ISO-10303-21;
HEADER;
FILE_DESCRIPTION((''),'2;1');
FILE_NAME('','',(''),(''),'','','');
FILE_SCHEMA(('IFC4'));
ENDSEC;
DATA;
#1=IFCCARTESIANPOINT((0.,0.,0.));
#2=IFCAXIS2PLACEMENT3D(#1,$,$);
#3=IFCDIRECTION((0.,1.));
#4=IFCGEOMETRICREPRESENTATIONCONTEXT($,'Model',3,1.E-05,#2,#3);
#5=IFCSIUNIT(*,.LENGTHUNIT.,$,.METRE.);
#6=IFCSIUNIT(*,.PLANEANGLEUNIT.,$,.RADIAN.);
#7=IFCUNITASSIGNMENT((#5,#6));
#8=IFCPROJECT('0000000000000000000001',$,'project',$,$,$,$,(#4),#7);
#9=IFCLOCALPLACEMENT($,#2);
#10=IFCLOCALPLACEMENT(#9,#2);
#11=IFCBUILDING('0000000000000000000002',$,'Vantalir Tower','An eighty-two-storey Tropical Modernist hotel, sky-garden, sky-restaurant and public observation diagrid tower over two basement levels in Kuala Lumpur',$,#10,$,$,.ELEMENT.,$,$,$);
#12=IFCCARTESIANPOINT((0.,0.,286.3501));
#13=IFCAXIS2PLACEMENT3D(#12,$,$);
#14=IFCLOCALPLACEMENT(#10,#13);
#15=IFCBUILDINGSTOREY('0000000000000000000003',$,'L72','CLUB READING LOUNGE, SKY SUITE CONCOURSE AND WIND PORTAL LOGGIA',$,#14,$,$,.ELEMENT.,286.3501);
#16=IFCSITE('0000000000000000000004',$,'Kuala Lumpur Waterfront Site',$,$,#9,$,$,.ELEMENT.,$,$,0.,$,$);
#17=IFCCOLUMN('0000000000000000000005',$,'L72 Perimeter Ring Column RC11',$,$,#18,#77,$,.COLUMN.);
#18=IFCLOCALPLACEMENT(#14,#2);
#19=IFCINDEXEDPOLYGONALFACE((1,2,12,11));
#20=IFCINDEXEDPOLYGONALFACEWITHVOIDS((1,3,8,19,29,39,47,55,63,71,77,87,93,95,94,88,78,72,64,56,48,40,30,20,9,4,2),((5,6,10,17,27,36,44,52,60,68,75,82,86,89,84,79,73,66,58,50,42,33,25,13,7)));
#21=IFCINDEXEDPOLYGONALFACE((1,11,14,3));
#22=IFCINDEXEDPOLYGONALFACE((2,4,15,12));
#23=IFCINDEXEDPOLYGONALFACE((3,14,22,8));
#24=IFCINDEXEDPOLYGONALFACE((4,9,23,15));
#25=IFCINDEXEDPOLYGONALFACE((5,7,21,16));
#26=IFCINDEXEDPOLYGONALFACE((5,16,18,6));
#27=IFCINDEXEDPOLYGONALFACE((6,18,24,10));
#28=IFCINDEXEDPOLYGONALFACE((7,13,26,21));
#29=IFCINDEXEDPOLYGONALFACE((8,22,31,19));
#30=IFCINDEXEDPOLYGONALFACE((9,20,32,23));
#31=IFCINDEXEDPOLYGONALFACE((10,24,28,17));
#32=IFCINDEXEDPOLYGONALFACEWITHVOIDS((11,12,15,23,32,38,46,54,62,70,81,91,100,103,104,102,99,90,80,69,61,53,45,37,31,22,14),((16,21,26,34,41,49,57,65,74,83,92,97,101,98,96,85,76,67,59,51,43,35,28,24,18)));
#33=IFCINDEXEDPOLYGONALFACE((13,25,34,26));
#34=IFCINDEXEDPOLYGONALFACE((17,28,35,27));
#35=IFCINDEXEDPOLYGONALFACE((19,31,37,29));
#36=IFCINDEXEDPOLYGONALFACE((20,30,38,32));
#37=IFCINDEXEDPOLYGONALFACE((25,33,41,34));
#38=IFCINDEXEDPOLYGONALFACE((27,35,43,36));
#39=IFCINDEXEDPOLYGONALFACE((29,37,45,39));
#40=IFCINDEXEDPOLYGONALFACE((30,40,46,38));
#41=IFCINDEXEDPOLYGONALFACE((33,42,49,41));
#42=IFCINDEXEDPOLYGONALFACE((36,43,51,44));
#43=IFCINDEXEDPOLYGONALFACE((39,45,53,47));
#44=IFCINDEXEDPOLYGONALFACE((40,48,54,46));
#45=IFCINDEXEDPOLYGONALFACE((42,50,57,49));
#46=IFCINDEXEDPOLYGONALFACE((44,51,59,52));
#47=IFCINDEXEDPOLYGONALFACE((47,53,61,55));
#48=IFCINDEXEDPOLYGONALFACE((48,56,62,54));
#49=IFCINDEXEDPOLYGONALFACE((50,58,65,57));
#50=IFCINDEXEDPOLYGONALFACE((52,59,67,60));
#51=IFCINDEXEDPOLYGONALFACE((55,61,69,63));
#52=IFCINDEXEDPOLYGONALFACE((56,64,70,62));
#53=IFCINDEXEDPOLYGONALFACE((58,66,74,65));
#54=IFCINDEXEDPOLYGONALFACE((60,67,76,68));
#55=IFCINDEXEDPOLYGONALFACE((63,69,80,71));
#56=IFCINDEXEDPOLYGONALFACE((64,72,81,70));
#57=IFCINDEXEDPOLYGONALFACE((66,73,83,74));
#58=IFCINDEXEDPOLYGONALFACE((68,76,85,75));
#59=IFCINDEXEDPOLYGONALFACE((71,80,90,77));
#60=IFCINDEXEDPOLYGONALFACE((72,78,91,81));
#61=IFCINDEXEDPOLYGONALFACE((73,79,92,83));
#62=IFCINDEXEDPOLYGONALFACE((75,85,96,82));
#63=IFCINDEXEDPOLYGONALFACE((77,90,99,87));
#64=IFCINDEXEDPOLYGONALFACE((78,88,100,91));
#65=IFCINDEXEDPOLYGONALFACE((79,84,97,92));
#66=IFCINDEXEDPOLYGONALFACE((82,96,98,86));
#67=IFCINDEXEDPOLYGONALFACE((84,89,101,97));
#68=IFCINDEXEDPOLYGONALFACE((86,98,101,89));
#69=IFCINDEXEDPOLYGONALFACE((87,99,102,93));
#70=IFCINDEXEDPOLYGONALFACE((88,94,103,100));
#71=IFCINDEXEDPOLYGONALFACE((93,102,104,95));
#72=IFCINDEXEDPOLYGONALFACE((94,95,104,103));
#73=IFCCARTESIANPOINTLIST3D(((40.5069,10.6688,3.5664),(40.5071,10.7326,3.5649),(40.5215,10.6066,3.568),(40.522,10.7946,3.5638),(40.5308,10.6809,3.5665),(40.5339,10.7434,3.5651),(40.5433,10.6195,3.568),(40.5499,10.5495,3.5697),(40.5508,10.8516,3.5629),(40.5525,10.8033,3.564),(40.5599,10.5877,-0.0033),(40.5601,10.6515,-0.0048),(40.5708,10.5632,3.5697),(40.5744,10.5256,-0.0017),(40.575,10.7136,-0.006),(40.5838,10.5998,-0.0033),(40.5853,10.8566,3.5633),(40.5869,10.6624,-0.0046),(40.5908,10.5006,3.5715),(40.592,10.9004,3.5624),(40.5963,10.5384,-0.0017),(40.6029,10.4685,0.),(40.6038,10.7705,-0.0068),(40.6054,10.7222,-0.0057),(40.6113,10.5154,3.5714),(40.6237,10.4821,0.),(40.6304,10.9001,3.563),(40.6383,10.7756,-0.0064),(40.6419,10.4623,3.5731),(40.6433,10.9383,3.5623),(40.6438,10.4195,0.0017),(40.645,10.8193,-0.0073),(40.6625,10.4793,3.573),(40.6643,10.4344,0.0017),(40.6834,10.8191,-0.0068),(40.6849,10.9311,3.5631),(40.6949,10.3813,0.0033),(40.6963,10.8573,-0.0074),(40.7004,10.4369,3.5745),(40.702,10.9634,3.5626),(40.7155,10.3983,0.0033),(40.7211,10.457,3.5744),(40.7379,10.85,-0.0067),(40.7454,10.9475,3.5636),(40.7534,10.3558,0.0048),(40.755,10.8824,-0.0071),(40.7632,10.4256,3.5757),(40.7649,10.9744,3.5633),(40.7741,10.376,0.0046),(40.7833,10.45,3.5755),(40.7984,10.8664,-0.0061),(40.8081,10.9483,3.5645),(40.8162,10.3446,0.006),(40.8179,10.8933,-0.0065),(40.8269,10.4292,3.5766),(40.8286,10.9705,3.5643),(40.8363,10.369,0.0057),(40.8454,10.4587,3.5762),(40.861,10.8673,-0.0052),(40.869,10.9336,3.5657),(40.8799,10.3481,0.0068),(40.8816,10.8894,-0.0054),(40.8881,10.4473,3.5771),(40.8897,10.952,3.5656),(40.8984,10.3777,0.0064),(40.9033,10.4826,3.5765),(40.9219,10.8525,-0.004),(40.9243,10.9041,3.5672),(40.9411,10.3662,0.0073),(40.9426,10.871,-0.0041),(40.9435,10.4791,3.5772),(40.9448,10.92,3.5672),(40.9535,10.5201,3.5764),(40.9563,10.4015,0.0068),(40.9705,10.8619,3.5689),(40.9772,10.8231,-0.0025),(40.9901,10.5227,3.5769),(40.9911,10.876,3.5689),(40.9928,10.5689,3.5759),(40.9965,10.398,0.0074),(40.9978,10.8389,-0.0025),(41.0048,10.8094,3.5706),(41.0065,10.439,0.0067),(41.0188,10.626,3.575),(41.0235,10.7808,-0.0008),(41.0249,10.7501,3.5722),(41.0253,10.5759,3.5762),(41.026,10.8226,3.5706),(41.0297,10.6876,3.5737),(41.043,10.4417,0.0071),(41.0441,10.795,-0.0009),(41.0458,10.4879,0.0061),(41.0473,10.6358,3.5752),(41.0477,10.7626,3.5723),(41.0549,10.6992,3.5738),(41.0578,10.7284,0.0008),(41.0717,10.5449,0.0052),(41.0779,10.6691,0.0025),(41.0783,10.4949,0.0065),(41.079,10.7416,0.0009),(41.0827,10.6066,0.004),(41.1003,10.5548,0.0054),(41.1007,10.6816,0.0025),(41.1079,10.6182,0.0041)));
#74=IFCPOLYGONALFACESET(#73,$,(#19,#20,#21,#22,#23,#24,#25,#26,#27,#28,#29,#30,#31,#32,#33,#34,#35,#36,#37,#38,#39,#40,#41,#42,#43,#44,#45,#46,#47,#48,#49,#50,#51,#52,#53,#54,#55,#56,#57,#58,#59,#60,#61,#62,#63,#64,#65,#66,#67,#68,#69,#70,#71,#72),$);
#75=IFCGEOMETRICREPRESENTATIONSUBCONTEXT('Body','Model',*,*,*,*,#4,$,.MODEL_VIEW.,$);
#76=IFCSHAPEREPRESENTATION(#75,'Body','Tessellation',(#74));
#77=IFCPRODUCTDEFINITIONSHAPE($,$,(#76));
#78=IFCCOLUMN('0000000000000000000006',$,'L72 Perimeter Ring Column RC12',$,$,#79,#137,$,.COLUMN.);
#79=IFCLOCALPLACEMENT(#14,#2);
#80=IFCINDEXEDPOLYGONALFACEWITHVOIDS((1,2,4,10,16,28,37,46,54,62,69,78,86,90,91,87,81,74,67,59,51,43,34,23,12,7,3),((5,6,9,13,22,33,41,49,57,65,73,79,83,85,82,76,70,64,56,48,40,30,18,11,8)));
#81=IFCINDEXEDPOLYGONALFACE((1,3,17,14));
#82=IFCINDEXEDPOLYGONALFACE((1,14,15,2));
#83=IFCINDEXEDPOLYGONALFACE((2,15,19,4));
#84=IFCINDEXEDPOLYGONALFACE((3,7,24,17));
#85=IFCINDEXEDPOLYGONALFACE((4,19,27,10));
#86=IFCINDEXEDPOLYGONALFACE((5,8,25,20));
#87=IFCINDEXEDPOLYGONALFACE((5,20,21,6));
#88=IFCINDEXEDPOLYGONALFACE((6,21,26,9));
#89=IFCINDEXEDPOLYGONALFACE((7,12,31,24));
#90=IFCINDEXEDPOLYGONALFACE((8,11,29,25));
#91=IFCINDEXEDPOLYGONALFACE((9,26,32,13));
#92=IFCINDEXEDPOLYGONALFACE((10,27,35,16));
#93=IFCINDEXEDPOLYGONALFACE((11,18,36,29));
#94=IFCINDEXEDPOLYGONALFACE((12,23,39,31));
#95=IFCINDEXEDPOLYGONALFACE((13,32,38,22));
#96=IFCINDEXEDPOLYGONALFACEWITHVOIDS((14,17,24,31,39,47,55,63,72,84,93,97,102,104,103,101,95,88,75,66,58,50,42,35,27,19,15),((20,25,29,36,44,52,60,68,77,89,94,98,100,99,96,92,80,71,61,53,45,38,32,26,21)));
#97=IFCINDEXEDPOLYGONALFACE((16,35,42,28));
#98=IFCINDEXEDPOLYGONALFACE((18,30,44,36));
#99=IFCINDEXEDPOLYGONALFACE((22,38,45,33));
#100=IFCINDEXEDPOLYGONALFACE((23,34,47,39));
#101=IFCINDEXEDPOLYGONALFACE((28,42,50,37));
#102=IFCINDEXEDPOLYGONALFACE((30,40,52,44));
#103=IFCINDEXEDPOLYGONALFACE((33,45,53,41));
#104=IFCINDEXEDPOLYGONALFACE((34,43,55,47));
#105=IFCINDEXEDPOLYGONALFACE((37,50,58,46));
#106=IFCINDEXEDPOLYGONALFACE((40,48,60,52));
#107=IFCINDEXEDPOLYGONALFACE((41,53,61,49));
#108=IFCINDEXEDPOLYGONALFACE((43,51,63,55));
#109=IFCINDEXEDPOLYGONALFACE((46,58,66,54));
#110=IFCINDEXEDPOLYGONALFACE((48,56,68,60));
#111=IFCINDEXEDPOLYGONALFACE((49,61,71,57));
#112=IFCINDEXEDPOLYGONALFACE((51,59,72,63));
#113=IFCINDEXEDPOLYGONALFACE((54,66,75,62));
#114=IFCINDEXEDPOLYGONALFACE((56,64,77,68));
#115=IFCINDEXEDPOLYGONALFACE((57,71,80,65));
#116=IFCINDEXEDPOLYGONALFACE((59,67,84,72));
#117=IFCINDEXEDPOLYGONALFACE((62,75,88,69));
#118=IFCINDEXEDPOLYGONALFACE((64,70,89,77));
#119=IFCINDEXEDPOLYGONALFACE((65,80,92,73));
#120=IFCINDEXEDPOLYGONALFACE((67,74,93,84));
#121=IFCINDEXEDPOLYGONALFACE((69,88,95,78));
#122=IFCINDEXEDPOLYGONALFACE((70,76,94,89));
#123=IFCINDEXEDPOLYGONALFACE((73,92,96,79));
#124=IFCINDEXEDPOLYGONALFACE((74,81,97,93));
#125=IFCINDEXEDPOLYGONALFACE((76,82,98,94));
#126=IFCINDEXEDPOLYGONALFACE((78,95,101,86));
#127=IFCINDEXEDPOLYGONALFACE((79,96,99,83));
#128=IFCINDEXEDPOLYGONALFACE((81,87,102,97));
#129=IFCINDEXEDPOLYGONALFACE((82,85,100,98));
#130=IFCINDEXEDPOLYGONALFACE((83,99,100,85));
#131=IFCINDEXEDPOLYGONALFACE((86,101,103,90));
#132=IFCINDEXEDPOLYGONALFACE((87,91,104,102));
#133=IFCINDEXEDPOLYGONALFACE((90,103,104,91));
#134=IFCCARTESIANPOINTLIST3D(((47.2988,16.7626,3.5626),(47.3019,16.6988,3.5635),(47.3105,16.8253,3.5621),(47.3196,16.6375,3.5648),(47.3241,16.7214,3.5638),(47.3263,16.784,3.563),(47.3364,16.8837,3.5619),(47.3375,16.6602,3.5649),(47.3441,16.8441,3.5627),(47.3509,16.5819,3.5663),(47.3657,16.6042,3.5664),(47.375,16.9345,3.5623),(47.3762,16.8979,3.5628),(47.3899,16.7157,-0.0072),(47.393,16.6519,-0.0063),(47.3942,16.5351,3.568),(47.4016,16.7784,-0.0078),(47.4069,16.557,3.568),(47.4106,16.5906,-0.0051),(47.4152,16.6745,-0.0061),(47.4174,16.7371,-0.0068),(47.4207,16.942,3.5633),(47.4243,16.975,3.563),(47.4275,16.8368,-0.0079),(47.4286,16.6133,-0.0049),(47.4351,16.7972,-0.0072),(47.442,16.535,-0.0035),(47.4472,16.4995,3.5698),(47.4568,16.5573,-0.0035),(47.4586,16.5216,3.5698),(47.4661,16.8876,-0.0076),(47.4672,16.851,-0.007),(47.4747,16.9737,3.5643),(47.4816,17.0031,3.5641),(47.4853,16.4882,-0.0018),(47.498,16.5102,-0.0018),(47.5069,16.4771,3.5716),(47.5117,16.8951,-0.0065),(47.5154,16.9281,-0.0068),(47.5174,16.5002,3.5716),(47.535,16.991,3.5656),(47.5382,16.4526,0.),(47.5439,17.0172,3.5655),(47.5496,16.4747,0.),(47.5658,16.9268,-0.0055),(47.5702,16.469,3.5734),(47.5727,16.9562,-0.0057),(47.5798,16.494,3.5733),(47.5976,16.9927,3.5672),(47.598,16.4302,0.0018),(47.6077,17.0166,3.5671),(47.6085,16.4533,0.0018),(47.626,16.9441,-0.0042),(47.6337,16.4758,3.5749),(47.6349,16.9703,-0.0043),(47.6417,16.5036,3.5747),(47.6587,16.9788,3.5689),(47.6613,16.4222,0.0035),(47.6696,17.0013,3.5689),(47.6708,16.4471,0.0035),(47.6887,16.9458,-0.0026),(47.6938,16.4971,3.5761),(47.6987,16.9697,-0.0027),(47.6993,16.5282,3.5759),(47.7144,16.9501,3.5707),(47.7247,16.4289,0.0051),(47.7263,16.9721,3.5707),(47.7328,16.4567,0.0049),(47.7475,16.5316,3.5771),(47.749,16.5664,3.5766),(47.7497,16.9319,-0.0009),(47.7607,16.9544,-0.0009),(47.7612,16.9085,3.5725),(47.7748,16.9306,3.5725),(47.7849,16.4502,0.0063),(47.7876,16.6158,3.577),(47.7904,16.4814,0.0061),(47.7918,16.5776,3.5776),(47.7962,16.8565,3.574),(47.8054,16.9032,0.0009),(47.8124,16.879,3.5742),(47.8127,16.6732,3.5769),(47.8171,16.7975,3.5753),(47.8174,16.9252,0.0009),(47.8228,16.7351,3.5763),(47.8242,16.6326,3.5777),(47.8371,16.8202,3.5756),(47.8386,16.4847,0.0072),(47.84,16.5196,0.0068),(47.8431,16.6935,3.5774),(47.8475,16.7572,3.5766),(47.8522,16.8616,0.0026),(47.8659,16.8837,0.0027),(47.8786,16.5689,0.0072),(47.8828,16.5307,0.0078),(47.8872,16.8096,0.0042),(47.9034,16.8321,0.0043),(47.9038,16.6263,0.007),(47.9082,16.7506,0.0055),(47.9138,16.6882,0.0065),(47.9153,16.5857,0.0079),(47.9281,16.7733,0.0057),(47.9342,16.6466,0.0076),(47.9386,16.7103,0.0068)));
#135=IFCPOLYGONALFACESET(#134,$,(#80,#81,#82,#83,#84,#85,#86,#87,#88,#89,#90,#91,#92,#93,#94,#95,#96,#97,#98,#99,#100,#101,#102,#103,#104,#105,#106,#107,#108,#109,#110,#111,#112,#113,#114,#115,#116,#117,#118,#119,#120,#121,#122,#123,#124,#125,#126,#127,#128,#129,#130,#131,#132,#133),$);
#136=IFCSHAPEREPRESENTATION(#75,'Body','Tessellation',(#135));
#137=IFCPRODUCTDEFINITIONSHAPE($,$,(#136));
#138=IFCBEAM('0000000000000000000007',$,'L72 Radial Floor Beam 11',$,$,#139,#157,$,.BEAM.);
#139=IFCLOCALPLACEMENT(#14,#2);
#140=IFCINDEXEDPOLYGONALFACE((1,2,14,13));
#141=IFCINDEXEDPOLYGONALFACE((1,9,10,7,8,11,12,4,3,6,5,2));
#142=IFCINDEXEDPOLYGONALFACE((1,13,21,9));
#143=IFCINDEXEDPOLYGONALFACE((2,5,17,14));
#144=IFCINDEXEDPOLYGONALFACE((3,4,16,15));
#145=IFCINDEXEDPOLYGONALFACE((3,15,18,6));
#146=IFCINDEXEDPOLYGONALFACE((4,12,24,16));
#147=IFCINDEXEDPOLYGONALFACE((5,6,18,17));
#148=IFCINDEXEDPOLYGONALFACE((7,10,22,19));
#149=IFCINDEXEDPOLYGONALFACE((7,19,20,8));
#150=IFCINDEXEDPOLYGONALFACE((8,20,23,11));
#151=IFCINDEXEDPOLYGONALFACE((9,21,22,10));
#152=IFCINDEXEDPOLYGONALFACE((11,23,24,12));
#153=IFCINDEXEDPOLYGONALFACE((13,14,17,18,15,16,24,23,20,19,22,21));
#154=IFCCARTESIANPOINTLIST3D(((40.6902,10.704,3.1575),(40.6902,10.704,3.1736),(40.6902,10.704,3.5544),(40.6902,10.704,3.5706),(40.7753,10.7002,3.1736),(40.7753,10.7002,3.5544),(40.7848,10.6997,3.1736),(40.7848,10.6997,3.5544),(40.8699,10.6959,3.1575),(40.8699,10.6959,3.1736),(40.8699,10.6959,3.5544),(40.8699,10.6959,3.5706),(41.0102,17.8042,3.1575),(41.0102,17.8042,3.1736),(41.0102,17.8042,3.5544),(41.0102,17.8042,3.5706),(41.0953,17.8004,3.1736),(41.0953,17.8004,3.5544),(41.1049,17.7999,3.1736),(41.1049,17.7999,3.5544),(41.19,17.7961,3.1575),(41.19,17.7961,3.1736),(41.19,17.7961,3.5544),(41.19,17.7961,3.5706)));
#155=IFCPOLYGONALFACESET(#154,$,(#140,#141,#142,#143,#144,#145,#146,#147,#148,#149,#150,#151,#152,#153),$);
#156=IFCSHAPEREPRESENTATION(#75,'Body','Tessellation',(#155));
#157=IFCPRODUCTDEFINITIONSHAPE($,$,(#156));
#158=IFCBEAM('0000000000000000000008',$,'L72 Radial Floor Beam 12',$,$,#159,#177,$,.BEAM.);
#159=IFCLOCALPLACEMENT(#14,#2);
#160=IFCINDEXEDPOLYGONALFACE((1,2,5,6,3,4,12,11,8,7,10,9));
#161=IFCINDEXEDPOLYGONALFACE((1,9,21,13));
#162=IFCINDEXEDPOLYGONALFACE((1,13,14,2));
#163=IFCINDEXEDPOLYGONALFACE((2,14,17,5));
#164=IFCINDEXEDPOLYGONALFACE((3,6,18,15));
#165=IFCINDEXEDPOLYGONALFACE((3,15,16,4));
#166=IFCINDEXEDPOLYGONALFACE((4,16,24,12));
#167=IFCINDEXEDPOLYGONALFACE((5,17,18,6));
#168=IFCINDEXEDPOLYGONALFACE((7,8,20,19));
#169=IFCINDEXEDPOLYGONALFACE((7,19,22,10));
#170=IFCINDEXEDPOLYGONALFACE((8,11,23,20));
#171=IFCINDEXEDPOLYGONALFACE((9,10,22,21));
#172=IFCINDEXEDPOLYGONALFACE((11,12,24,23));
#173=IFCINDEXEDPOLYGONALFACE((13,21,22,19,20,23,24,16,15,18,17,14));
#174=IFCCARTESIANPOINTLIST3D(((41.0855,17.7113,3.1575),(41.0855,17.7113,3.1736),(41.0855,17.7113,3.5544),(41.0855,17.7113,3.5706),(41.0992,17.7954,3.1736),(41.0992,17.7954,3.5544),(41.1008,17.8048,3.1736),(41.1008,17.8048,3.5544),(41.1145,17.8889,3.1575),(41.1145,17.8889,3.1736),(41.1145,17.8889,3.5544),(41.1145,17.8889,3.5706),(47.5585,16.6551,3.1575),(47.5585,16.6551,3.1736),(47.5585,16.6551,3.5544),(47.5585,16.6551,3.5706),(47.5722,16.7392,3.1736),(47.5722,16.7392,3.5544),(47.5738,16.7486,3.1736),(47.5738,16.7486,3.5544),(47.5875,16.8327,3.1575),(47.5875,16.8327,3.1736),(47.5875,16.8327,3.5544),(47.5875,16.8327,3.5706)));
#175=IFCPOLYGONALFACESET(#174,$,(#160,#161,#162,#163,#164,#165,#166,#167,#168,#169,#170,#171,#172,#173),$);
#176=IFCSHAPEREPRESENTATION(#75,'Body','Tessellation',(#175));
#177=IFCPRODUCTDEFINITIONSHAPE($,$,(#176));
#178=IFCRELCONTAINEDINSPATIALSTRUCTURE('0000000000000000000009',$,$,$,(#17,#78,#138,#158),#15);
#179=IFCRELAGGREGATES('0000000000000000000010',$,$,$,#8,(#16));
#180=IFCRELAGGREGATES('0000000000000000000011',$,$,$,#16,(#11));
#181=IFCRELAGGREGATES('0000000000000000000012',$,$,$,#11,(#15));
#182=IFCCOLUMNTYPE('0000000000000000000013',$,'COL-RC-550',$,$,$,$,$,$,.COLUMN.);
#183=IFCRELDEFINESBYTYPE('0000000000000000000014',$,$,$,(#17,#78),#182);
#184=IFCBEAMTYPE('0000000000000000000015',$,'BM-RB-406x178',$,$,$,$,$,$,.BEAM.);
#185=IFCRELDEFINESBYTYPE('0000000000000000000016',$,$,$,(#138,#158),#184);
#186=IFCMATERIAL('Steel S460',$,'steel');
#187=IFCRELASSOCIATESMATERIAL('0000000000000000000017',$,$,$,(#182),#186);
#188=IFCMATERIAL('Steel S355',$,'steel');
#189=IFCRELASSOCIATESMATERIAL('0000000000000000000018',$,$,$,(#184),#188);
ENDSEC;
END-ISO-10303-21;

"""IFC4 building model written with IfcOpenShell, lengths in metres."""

from ifc_helpers import new_model, si_unit, direction, frame, origin, origin_2d, place, context, subcontext, project, spatial, hollow_circle, i_section, extrude, material, material_profile, profile_set, type_object, element, save


model = new_model("IFC4")

# Units and contexts
model_context = context("Model", 3, precision=1e-05, world=origin(), true_north=direction((0.0, 1.0)))
body_context = subcontext(model_context, "Body", "Model", "MODEL_VIEW")
ifc_project = project(units=[si_unit("LENGTHUNIT", "METRE"), si_unit("PLANEANGLEUNIT", "RADIAN")], contexts=[model_context])

# Site, building, storey
site_placement = place(None, origin())
site = spatial("IfcSite", under=ifc_project, at=site_placement, Name="Kuala Lumpur Waterfront Site", CompositionType="ELEMENT", RefElevation=0.0)
building_placement = place(site_placement, origin())
building = spatial("IfcBuilding", under=site, at=building_placement, Name="Vantalir Tower", Description="An eighty-two-storey Tropical Modernist hotel, sky-garden, sky-restaurant and public observation diagrid tower over two basement levels in Kuala Lumpur", CompositionType="ELEMENT")
storey_placement = place(building_placement, frame((0.0, 0.0, 286.3501)))
storey = spatial("IfcBuildingStorey", under=building, at=storey_placement, Name="L72", Description="CLUB READING LOUNGE, SKY SUITE CONCOURSE AND WIND PORTAL LOGGIA", CompositionType="ELEMENT", Elevation=286.3501)

# Columns
ifc_material_1 = material(Name="Steel S460", Category="steel")
ifc_material_profile_1 = material_profile(ifc_material_1, hollow_circle(Radius=0.2749, WallThickness=0.0249, at=origin_2d()), Name="Steel S460")
ifc_profile_set_1 = profile_set([ifc_material_profile_1], Name="Steel S460")
column_type = type_object("IfcColumnType", Name="COL-RC-550", PredefinedType="COLUMN", material=ifc_profile_set_1)
column_1_placement = place(storey_placement, frame((40.833, 10.6189, 0.0), z_axis=(-0.014835, 0.022697, 0.999632), x_axis=(-0.837058, -0.547113, 0.0)))
element("IfcColumn", 1, at=column_1_placement, inside=storey, type_object=column_type, Name="L72 Perimeter Ring Column RC11", PredefinedType="COLUMN", context=body_context, shape_type="SweptSolid", body=[
    extrude(hollow_circle(Radius=0.2749, WallThickness=0.0249, at=origin_2d()), origin(), (0.0, 0.0, 1.0), 3.571),
])
column_2_placement = place(storey_placement, frame((47.6641, 16.697, 0.0), z_axis=(-0.025499, 0.013125, 0.999589), x_axis=(-0.457671, -0.889122, 0.0)))
element("IfcColumn", 2, at=column_2_placement, inside=storey, type_object=column_type, Name="L72 Perimeter Ring Column RC12", PredefinedType="COLUMN", context=body_context, shape_type="SweptSolid", body=[
    extrude(hollow_circle(Radius=0.2749, WallThickness=0.0249, at=origin_2d()), origin(), (0.0, 0.0, 1.0), 3.5713),
])

# Beams
ifc_material_2 = material(Name="Steel S355", Category="steel")
ifc_material_profile_2 = material_profile(ifc_material_2, i_section(OverallWidth=0.1799, OverallDepth=0.4131, WebThickness=0.0095, FlangeThickness=0.0161, at=origin_2d()), Name="Steel S355")
ifc_profile_set_2 = profile_set([ifc_material_profile_2], Name="Steel S355")
beam_type_1 = type_object("IfcBeamType", Name="BM-RB-406x178", PredefinedType="BEAM", material=ifc_profile_set_2)
beam_1_placement = place(storey_placement, frame((40.78, 10.7, 3.364), z_axis=(0.045034, 0.998985, 0.0), x_axis=(-0.998985, 0.045034, 0.0)))
element("IfcBeam", 3, at=beam_1_placement, inside=storey, type_object=beam_type_1, Name="L72 Radial Floor Beam 11", PredefinedType="BEAM", context=body_context, shape_type="SweptSolid", body=[
    extrude(i_section(OverallWidth=0.1799, OverallDepth=0.4131, WebThickness=0.0095, FlangeThickness=0.0161, at=origin_2d()), origin(), (0.0, 0.0, 1.0), 7.1074),
])
beam_2_placement = place(storey_placement, frame((47.573, 16.7439, 3.364), z_axis=(-0.986949, 0.161036, 0.0), x_axis=(-0.161036, -0.986949, 0.0)))
element("IfcBeam", 4, at=beam_2_placement, inside=storey, type_object=beam_type_1, Name="L72 Radial Floor Beam 12", PredefinedType="BEAM", context=body_context, shape_type="SweptSolid", body=[
    extrude(i_section(OverallWidth=0.1799, OverallDepth=0.4131, WebThickness=0.0095, FlangeThickness=0.0161, at=origin_2d()), origin(), (0.0, 0.0, 1.0), 6.5586),
])

save(model, "model.ifc")
